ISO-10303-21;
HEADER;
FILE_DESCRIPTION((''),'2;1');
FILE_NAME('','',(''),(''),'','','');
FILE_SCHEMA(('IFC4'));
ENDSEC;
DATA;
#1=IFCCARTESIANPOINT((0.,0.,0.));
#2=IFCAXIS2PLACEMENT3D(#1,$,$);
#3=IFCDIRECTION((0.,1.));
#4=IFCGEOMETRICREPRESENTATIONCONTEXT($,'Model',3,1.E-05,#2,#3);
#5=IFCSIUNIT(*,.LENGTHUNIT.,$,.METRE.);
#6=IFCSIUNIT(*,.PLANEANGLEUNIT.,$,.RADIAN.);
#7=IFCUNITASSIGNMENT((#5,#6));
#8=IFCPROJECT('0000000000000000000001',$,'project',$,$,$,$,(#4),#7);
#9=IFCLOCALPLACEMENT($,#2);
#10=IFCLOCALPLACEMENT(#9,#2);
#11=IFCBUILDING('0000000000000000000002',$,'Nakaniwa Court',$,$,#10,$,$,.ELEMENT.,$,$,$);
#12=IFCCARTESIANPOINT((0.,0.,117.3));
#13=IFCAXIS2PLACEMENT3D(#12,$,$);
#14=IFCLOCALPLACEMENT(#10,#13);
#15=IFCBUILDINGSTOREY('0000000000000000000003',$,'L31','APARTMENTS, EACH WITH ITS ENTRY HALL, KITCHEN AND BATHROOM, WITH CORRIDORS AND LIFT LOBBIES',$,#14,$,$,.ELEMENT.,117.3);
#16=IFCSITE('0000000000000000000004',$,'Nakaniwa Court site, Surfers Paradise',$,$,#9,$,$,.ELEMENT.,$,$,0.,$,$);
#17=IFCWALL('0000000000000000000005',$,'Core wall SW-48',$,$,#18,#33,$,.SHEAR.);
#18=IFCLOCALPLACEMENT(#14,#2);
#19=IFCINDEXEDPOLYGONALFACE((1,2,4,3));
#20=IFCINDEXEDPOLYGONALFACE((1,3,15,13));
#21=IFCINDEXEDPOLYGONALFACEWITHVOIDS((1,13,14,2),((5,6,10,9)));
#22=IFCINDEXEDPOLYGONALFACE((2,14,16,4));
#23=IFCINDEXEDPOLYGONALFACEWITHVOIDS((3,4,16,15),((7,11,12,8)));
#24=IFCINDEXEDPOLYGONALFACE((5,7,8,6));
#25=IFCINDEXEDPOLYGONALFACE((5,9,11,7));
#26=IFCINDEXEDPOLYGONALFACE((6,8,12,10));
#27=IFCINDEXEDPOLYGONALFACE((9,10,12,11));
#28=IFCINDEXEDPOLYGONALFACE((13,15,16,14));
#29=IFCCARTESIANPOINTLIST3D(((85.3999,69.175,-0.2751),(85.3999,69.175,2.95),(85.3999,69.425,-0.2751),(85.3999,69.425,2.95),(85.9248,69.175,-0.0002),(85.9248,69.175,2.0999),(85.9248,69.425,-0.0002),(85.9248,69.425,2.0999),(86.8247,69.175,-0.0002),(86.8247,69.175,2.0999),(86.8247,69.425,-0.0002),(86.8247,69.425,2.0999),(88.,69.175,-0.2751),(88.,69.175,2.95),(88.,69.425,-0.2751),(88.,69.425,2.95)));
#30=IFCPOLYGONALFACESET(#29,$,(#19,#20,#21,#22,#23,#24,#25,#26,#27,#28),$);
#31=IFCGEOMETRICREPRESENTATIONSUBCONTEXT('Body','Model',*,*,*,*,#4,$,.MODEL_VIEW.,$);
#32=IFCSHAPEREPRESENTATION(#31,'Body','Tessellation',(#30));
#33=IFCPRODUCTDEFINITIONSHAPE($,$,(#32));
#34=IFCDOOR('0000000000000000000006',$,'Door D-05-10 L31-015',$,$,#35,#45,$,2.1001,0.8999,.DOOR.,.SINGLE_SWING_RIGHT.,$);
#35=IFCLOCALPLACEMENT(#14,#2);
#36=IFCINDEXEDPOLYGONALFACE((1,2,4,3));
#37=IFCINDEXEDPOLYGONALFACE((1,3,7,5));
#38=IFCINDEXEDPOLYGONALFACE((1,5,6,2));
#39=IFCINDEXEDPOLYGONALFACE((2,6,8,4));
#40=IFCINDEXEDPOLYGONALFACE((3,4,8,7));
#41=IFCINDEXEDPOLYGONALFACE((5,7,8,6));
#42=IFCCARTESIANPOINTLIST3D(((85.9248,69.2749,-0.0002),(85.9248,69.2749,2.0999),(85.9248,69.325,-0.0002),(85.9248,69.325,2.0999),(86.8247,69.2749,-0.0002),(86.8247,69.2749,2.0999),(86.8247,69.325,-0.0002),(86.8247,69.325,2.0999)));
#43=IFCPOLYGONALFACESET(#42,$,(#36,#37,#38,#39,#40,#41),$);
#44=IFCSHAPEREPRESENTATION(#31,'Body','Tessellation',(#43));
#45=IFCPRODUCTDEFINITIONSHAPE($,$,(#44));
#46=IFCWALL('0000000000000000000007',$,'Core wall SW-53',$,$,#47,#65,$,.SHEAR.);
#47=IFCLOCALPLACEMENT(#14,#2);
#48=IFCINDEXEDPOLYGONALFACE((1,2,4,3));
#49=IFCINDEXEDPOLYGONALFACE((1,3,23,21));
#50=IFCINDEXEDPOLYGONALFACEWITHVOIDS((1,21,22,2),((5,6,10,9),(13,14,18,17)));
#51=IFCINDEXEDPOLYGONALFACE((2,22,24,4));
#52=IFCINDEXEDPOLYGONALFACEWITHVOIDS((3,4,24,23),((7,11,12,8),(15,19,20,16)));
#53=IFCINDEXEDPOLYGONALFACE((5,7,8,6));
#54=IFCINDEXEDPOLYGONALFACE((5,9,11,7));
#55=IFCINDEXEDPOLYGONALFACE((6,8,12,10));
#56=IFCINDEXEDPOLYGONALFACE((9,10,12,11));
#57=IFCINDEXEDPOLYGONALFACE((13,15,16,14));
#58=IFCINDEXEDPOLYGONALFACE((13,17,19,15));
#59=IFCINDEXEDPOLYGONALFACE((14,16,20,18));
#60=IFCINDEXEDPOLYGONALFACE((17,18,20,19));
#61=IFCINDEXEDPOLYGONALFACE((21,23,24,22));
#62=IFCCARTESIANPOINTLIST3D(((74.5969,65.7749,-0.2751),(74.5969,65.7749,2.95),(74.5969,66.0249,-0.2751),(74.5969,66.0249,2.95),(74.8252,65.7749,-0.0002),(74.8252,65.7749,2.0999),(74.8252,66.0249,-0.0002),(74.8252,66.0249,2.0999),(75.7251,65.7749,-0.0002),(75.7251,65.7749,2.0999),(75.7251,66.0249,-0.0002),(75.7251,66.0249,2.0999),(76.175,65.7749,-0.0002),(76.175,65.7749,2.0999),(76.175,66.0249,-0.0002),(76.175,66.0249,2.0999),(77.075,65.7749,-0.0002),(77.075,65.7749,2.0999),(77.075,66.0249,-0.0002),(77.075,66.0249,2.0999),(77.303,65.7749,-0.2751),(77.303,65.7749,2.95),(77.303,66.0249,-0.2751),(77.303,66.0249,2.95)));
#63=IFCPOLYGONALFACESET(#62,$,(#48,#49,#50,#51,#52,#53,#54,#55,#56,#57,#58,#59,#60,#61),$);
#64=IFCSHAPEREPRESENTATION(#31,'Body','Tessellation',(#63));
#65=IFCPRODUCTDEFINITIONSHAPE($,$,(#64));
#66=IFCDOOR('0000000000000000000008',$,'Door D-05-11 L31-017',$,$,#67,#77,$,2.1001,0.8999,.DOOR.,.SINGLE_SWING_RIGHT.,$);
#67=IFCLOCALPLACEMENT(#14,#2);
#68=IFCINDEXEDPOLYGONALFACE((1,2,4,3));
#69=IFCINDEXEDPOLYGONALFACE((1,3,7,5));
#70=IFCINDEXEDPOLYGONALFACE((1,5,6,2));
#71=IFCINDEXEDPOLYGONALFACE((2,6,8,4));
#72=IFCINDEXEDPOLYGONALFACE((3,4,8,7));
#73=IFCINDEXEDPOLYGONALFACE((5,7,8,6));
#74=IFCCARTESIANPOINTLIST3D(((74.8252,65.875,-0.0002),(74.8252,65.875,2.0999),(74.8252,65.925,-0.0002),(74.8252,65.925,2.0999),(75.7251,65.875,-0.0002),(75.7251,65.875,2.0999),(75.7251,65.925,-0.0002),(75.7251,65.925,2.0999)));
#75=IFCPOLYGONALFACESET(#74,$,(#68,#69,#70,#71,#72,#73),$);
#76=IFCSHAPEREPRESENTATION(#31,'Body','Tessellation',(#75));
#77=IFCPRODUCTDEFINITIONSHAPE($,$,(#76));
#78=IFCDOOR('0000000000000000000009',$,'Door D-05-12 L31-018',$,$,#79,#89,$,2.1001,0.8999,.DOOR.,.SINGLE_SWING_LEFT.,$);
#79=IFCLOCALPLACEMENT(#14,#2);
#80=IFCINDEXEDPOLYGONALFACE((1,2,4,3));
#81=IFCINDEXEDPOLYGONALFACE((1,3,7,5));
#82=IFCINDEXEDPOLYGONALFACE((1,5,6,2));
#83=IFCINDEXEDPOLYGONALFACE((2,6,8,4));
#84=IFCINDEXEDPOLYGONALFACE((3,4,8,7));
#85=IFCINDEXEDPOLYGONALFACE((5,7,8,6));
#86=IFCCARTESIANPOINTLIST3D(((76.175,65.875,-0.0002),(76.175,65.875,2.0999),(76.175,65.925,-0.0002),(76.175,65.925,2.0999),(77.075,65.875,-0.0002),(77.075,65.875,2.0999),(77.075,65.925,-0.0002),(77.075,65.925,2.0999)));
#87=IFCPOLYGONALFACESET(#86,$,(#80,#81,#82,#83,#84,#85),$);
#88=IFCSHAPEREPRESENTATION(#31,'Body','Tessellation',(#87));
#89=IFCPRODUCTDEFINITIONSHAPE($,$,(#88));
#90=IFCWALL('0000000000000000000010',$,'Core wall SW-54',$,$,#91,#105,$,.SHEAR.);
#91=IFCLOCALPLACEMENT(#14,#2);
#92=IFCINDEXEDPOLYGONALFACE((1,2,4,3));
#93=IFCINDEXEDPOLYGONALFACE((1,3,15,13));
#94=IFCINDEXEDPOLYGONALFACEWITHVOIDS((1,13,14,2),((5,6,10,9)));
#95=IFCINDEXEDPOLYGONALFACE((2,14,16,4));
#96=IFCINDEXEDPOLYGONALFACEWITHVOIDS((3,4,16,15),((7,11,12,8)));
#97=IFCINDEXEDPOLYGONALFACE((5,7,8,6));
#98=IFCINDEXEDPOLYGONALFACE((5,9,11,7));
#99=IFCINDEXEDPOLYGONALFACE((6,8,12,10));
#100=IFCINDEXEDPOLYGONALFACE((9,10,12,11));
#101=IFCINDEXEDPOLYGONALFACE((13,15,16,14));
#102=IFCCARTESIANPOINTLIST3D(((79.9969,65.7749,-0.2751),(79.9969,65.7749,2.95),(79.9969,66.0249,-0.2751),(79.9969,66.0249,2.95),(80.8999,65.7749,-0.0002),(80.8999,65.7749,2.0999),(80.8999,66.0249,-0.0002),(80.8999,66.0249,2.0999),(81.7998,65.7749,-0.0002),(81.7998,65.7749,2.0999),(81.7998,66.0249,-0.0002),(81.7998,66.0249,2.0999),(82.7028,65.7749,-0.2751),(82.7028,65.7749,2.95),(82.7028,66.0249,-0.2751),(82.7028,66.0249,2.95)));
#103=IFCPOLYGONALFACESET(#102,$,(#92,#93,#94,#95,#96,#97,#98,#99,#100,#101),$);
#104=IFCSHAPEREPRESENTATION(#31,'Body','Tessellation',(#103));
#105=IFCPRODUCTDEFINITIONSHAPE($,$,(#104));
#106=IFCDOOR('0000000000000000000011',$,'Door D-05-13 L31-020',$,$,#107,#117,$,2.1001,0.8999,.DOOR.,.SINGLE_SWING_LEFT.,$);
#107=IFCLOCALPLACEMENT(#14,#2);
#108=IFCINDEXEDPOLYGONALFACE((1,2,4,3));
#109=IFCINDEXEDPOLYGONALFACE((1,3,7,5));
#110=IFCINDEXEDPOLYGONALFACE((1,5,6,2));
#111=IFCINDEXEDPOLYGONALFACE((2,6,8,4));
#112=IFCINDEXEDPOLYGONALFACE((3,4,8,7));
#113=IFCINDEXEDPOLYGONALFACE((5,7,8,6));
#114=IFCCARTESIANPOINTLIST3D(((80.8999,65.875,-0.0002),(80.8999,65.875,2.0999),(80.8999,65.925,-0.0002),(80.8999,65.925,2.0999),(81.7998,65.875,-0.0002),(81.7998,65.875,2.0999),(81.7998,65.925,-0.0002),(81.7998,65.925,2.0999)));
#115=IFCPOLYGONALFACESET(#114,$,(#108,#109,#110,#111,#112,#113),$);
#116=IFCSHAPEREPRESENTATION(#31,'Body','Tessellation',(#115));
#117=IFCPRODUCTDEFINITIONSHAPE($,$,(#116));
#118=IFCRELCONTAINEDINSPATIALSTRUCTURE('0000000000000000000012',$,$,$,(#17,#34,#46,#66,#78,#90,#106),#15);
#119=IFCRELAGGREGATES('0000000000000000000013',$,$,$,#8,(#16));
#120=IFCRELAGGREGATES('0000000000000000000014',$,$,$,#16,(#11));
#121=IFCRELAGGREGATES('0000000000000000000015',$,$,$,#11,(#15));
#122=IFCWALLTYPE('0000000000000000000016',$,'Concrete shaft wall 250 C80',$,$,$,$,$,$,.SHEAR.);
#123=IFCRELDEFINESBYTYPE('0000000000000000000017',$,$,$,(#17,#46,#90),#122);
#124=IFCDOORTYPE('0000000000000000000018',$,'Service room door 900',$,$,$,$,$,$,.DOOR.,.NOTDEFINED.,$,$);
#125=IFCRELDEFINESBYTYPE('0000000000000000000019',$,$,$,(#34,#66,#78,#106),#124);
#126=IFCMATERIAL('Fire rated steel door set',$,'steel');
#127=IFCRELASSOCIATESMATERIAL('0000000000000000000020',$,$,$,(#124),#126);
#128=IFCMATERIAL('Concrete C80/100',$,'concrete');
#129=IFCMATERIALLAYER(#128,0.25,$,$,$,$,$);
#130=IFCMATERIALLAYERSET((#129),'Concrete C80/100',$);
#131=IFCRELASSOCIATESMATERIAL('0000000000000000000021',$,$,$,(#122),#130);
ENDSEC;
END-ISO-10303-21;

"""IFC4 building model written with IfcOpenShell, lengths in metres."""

from ifc_helpers import new_model, si_unit, direction, frame, frame_2d, origin, place, context, subcontext, project, spatial, rectangle, extrude, material, layer, layer_set, type_object, element, fill, save


model = new_model("IFC4")

# Units and contexts
model_context = context("Model", 3, precision=1e-05, world=origin(), true_north=direction((0.0, 1.0)))
body_context = subcontext(model_context, "Body", "Model", "MODEL_VIEW")
ifc_project = project(units=[si_unit("LENGTHUNIT", "METRE"), si_unit("PLANEANGLEUNIT", "RADIAN")], contexts=[model_context])

# Site, building, storey
site_placement = place(None, origin())
site = spatial("IfcSite", under=ifc_project, at=site_placement, Name="Nakaniwa Court site, Surfers Paradise", CompositionType="ELEMENT", RefElevation=0.0)
building_placement = place(site_placement, origin())
building = spatial("IfcBuilding", under=site, at=building_placement, Name="Nakaniwa Court", CompositionType="ELEMENT")
storey_placement = place(building_placement, frame((0.0, 0.0, 117.3)))
storey = spatial("IfcBuildingStorey", under=building, at=storey_placement, Name="L31", Description="APARTMENTS, EACH WITH ITS ENTRY HALL, KITCHEN AND BATHROOM, WITH CORRIDORS AND LIFT LOBBIES", CompositionType="ELEMENT", Elevation=117.3)

# Shared definitions
ifc_material_1 = material(Name="Concrete C80/100", Category="concrete")

# Shared definitions
ifc_material_2 = material(Name="Fire rated steel door set", Category="steel")
door_type_1 = type_object("IfcDoorType", Name="Service room door 900", OperationType="NOTDEFINED", PredefinedType="DOOR", material=ifc_material_2)

# Shared definitions
ifc_layer_1 = layer(ifc_material_1, 0.25)
ifc_layer_set_1 = layer_set([ifc_layer_1], Name="Concrete C80/100")
wall_type_1 = type_object("IfcWallType", Name="Concrete shaft wall 250 C80", PredefinedType="SHEAR", material=ifc_layer_set_1)

# Wall, opening, door
wall_1_placement = place(storey_placement, frame((85.3999, 69.3, -0.2751), z_axis=(0.0, 0.0, 1.0), x_axis=(1.0, 0.0, 0.0)))
wall_1 = element("IfcWall", 1, at=wall_1_placement, inside=storey, type_object=wall_type_1, Name="Core wall SW-48", PredefinedType="SHEAR", context=body_context, shape_type="SweptSolid", body=[
    extrude(rectangle(XDim=2.6001, YDim=0.25, at=frame_2d((1.3, 0.0))), origin(), (0.0, 0.0, 1.0), 3.2251),
])
opening_1_placement = place(wall_1_placement, frame((0.5249, 0.0, 0.2749)))
opening_1 = element("IfcOpeningElement", 2, at=opening_1_placement, cuts=wall_1, PredefinedType="OPENING", context=body_context, shape_type="SweptSolid", body=[
    extrude(rectangle(XDim=0.8999, YDim=2.1001, at=frame_2d((0.45, 1.05))), frame((0.0, 0.135, 0.0), z_axis=(0.0, -1.0, 0.0), x_axis=(1.0, 0.0, 0.0)), (0.0, 0.0, 1.0), 0.27),
])
door_1_placement = place(opening_1_placement, origin())
door_1 = element("IfcDoor", 3, at=door_1_placement, inside=storey, type_object=door_type_1, Name="Door D-05-10 L31-015", OperationType="SINGLE_SWING_RIGHT", OverallHeight=2.1001, OverallWidth=0.8999, PredefinedType="DOOR", context=body_context, shape_type="SweptSolid", body=[
    extrude(rectangle(XDim=0.8999, YDim=2.1001, at=frame_2d((0.45, 1.05))), frame((0.0, 0.0249, 0.0), z_axis=(0.0, -1.0, 0.0), x_axis=(1.0, 0.0, 0.0)), (0.0, 0.0, 1.0), 0.05),
])
fill(opening_1, door_1)

# Wall, openings, doors
wall_2_placement = place(storey_placement, frame((77.303, 65.8999, -0.2751), z_axis=(0.0, 0.0, 1.0), x_axis=(-1.0, 0.0, 0.0)))
wall_2 = element("IfcWall", 4, at=wall_2_placement, inside=storey, type_object=wall_type_1, Name="Core wall SW-53", PredefinedType="SHEAR", context=body_context, shape_type="SweptSolid", body=[
    extrude(rectangle(XDim=2.7061, YDim=0.25, at=frame_2d((1.353, 0.0))), origin(), (0.0, 0.0, 1.0), 3.2251),
])
opening_2_placement = place(wall_2_placement, frame((1.5779, 0.0, 0.2749)))
opening_2 = element("IfcOpeningElement", 5, at=opening_2_placement, cuts=wall_2, PredefinedType="OPENING", context=body_context, shape_type="SweptSolid", body=[
    extrude(rectangle(XDim=0.8999, YDim=2.1001, at=frame_2d((0.45, 1.05))), frame((0.0, 0.135, 0.0), z_axis=(0.0, -1.0, 0.0), x_axis=(1.0, 0.0, 0.0)), (0.0, 0.0, 1.0), 0.27),
])
opening_3_placement = place(wall_2_placement, frame((0.228, 0.0, 0.2749)))
opening_3 = element("IfcOpeningElement", 6, at=opening_3_placement, cuts=wall_2, PredefinedType="OPENING", context=body_context, shape_type="SweptSolid", body=[
    extrude(rectangle(XDim=0.8999, YDim=2.1001, at=frame_2d((0.45, 1.05))), frame((0.0, 0.135, 0.0), z_axis=(0.0, -1.0, 0.0), x_axis=(1.0, 0.0, 0.0)), (0.0, 0.0, 1.0), 0.27),
])
door_2_placement = place(opening_2_placement, origin())
door_2 = element("IfcDoor", 7, at=door_2_placement, inside=storey, type_object=door_type_1, Name="Door D-05-11 L31-017", OperationType="SINGLE_SWING_RIGHT", OverallHeight=2.1001, OverallWidth=0.8999, PredefinedType="DOOR", context=body_context, shape_type="SweptSolid", body=[
    extrude(rectangle(XDim=0.8999, YDim=2.1001, at=frame_2d((0.45, 1.05))), frame((0.0, 0.0249, 0.0), z_axis=(0.0, -1.0, 0.0), x_axis=(1.0, 0.0, 0.0)), (0.0, 0.0, 1.0), 0.05),
])
fill(opening_2, door_2)
door_3_placement = place(opening_3_placement, origin())
door_3 = element("IfcDoor", 8, at=door_3_placement, inside=storey, type_object=door_type_1, Name="Door D-05-12 L31-018", OperationType="SINGLE_SWING_LEFT", OverallHeight=2.1001, OverallWidth=0.8999, PredefinedType="DOOR", context=body_context, shape_type="SweptSolid", body=[
    extrude(rectangle(XDim=0.8999, YDim=2.1001, at=frame_2d((0.45, 1.05))), frame((0.0, 0.0249, 0.0), z_axis=(0.0, -1.0, 0.0), x_axis=(1.0, 0.0, 0.0)), (0.0, 0.0, 1.0), 0.05),
])
fill(opening_3, door_3)

# Wall, opening, door
wall_3_placement = place(storey_placement, frame((82.7029, 65.8999, -0.2751), z_axis=(0.0, 0.0, 1.0), x_axis=(-1.0, 0.0, 0.0)))
wall_3 = element("IfcWall", 9, at=wall_3_placement, inside=storey, type_object=wall_type_1, Name="Core wall SW-54", PredefinedType="SHEAR", context=body_context, shape_type="SweptSolid", body=[
    extrude(rectangle(XDim=2.7058, YDim=0.25, at=frame_2d((1.353, 0.0))), origin(), (0.0, 0.0, 1.0), 3.2251),
])
opening_4_placement = place(wall_3_placement, frame((0.9031, 0.0, 0.2749)))
opening_4 = element("IfcOpeningElement", 10, at=opening_4_placement, cuts=wall_3, PredefinedType="OPENING", context=body_context, shape_type="SweptSolid", body=[
    extrude(rectangle(XDim=0.8999, YDim=2.1001, at=frame_2d((0.45, 1.05))), frame((0.0, 0.135, 0.0), z_axis=(0.0, -1.0, 0.0), x_axis=(1.0, 0.0, 0.0)), (0.0, 0.0, 1.0), 0.27),
])
door_4_placement = place(opening_4_placement, origin())
door_4 = element("IfcDoor", 11, at=door_4_placement, inside=storey, type_object=door_type_1, Name="Door D-05-13 L31-020", OperationType="SINGLE_SWING_LEFT", OverallHeight=2.1001, OverallWidth=0.8999, PredefinedType="DOOR", context=body_context, shape_type="SweptSolid", body=[
    extrude(rectangle(XDim=0.8999, YDim=2.1001, at=frame_2d((0.45, 1.05))), frame((0.0, 0.0249, 0.0), z_axis=(0.0, -1.0, 0.0), x_axis=(1.0, 0.0, 0.0)), (0.0, 0.0, 1.0), 0.05),
])
fill(opening_4, door_4)

save(model, "model.ifc")
